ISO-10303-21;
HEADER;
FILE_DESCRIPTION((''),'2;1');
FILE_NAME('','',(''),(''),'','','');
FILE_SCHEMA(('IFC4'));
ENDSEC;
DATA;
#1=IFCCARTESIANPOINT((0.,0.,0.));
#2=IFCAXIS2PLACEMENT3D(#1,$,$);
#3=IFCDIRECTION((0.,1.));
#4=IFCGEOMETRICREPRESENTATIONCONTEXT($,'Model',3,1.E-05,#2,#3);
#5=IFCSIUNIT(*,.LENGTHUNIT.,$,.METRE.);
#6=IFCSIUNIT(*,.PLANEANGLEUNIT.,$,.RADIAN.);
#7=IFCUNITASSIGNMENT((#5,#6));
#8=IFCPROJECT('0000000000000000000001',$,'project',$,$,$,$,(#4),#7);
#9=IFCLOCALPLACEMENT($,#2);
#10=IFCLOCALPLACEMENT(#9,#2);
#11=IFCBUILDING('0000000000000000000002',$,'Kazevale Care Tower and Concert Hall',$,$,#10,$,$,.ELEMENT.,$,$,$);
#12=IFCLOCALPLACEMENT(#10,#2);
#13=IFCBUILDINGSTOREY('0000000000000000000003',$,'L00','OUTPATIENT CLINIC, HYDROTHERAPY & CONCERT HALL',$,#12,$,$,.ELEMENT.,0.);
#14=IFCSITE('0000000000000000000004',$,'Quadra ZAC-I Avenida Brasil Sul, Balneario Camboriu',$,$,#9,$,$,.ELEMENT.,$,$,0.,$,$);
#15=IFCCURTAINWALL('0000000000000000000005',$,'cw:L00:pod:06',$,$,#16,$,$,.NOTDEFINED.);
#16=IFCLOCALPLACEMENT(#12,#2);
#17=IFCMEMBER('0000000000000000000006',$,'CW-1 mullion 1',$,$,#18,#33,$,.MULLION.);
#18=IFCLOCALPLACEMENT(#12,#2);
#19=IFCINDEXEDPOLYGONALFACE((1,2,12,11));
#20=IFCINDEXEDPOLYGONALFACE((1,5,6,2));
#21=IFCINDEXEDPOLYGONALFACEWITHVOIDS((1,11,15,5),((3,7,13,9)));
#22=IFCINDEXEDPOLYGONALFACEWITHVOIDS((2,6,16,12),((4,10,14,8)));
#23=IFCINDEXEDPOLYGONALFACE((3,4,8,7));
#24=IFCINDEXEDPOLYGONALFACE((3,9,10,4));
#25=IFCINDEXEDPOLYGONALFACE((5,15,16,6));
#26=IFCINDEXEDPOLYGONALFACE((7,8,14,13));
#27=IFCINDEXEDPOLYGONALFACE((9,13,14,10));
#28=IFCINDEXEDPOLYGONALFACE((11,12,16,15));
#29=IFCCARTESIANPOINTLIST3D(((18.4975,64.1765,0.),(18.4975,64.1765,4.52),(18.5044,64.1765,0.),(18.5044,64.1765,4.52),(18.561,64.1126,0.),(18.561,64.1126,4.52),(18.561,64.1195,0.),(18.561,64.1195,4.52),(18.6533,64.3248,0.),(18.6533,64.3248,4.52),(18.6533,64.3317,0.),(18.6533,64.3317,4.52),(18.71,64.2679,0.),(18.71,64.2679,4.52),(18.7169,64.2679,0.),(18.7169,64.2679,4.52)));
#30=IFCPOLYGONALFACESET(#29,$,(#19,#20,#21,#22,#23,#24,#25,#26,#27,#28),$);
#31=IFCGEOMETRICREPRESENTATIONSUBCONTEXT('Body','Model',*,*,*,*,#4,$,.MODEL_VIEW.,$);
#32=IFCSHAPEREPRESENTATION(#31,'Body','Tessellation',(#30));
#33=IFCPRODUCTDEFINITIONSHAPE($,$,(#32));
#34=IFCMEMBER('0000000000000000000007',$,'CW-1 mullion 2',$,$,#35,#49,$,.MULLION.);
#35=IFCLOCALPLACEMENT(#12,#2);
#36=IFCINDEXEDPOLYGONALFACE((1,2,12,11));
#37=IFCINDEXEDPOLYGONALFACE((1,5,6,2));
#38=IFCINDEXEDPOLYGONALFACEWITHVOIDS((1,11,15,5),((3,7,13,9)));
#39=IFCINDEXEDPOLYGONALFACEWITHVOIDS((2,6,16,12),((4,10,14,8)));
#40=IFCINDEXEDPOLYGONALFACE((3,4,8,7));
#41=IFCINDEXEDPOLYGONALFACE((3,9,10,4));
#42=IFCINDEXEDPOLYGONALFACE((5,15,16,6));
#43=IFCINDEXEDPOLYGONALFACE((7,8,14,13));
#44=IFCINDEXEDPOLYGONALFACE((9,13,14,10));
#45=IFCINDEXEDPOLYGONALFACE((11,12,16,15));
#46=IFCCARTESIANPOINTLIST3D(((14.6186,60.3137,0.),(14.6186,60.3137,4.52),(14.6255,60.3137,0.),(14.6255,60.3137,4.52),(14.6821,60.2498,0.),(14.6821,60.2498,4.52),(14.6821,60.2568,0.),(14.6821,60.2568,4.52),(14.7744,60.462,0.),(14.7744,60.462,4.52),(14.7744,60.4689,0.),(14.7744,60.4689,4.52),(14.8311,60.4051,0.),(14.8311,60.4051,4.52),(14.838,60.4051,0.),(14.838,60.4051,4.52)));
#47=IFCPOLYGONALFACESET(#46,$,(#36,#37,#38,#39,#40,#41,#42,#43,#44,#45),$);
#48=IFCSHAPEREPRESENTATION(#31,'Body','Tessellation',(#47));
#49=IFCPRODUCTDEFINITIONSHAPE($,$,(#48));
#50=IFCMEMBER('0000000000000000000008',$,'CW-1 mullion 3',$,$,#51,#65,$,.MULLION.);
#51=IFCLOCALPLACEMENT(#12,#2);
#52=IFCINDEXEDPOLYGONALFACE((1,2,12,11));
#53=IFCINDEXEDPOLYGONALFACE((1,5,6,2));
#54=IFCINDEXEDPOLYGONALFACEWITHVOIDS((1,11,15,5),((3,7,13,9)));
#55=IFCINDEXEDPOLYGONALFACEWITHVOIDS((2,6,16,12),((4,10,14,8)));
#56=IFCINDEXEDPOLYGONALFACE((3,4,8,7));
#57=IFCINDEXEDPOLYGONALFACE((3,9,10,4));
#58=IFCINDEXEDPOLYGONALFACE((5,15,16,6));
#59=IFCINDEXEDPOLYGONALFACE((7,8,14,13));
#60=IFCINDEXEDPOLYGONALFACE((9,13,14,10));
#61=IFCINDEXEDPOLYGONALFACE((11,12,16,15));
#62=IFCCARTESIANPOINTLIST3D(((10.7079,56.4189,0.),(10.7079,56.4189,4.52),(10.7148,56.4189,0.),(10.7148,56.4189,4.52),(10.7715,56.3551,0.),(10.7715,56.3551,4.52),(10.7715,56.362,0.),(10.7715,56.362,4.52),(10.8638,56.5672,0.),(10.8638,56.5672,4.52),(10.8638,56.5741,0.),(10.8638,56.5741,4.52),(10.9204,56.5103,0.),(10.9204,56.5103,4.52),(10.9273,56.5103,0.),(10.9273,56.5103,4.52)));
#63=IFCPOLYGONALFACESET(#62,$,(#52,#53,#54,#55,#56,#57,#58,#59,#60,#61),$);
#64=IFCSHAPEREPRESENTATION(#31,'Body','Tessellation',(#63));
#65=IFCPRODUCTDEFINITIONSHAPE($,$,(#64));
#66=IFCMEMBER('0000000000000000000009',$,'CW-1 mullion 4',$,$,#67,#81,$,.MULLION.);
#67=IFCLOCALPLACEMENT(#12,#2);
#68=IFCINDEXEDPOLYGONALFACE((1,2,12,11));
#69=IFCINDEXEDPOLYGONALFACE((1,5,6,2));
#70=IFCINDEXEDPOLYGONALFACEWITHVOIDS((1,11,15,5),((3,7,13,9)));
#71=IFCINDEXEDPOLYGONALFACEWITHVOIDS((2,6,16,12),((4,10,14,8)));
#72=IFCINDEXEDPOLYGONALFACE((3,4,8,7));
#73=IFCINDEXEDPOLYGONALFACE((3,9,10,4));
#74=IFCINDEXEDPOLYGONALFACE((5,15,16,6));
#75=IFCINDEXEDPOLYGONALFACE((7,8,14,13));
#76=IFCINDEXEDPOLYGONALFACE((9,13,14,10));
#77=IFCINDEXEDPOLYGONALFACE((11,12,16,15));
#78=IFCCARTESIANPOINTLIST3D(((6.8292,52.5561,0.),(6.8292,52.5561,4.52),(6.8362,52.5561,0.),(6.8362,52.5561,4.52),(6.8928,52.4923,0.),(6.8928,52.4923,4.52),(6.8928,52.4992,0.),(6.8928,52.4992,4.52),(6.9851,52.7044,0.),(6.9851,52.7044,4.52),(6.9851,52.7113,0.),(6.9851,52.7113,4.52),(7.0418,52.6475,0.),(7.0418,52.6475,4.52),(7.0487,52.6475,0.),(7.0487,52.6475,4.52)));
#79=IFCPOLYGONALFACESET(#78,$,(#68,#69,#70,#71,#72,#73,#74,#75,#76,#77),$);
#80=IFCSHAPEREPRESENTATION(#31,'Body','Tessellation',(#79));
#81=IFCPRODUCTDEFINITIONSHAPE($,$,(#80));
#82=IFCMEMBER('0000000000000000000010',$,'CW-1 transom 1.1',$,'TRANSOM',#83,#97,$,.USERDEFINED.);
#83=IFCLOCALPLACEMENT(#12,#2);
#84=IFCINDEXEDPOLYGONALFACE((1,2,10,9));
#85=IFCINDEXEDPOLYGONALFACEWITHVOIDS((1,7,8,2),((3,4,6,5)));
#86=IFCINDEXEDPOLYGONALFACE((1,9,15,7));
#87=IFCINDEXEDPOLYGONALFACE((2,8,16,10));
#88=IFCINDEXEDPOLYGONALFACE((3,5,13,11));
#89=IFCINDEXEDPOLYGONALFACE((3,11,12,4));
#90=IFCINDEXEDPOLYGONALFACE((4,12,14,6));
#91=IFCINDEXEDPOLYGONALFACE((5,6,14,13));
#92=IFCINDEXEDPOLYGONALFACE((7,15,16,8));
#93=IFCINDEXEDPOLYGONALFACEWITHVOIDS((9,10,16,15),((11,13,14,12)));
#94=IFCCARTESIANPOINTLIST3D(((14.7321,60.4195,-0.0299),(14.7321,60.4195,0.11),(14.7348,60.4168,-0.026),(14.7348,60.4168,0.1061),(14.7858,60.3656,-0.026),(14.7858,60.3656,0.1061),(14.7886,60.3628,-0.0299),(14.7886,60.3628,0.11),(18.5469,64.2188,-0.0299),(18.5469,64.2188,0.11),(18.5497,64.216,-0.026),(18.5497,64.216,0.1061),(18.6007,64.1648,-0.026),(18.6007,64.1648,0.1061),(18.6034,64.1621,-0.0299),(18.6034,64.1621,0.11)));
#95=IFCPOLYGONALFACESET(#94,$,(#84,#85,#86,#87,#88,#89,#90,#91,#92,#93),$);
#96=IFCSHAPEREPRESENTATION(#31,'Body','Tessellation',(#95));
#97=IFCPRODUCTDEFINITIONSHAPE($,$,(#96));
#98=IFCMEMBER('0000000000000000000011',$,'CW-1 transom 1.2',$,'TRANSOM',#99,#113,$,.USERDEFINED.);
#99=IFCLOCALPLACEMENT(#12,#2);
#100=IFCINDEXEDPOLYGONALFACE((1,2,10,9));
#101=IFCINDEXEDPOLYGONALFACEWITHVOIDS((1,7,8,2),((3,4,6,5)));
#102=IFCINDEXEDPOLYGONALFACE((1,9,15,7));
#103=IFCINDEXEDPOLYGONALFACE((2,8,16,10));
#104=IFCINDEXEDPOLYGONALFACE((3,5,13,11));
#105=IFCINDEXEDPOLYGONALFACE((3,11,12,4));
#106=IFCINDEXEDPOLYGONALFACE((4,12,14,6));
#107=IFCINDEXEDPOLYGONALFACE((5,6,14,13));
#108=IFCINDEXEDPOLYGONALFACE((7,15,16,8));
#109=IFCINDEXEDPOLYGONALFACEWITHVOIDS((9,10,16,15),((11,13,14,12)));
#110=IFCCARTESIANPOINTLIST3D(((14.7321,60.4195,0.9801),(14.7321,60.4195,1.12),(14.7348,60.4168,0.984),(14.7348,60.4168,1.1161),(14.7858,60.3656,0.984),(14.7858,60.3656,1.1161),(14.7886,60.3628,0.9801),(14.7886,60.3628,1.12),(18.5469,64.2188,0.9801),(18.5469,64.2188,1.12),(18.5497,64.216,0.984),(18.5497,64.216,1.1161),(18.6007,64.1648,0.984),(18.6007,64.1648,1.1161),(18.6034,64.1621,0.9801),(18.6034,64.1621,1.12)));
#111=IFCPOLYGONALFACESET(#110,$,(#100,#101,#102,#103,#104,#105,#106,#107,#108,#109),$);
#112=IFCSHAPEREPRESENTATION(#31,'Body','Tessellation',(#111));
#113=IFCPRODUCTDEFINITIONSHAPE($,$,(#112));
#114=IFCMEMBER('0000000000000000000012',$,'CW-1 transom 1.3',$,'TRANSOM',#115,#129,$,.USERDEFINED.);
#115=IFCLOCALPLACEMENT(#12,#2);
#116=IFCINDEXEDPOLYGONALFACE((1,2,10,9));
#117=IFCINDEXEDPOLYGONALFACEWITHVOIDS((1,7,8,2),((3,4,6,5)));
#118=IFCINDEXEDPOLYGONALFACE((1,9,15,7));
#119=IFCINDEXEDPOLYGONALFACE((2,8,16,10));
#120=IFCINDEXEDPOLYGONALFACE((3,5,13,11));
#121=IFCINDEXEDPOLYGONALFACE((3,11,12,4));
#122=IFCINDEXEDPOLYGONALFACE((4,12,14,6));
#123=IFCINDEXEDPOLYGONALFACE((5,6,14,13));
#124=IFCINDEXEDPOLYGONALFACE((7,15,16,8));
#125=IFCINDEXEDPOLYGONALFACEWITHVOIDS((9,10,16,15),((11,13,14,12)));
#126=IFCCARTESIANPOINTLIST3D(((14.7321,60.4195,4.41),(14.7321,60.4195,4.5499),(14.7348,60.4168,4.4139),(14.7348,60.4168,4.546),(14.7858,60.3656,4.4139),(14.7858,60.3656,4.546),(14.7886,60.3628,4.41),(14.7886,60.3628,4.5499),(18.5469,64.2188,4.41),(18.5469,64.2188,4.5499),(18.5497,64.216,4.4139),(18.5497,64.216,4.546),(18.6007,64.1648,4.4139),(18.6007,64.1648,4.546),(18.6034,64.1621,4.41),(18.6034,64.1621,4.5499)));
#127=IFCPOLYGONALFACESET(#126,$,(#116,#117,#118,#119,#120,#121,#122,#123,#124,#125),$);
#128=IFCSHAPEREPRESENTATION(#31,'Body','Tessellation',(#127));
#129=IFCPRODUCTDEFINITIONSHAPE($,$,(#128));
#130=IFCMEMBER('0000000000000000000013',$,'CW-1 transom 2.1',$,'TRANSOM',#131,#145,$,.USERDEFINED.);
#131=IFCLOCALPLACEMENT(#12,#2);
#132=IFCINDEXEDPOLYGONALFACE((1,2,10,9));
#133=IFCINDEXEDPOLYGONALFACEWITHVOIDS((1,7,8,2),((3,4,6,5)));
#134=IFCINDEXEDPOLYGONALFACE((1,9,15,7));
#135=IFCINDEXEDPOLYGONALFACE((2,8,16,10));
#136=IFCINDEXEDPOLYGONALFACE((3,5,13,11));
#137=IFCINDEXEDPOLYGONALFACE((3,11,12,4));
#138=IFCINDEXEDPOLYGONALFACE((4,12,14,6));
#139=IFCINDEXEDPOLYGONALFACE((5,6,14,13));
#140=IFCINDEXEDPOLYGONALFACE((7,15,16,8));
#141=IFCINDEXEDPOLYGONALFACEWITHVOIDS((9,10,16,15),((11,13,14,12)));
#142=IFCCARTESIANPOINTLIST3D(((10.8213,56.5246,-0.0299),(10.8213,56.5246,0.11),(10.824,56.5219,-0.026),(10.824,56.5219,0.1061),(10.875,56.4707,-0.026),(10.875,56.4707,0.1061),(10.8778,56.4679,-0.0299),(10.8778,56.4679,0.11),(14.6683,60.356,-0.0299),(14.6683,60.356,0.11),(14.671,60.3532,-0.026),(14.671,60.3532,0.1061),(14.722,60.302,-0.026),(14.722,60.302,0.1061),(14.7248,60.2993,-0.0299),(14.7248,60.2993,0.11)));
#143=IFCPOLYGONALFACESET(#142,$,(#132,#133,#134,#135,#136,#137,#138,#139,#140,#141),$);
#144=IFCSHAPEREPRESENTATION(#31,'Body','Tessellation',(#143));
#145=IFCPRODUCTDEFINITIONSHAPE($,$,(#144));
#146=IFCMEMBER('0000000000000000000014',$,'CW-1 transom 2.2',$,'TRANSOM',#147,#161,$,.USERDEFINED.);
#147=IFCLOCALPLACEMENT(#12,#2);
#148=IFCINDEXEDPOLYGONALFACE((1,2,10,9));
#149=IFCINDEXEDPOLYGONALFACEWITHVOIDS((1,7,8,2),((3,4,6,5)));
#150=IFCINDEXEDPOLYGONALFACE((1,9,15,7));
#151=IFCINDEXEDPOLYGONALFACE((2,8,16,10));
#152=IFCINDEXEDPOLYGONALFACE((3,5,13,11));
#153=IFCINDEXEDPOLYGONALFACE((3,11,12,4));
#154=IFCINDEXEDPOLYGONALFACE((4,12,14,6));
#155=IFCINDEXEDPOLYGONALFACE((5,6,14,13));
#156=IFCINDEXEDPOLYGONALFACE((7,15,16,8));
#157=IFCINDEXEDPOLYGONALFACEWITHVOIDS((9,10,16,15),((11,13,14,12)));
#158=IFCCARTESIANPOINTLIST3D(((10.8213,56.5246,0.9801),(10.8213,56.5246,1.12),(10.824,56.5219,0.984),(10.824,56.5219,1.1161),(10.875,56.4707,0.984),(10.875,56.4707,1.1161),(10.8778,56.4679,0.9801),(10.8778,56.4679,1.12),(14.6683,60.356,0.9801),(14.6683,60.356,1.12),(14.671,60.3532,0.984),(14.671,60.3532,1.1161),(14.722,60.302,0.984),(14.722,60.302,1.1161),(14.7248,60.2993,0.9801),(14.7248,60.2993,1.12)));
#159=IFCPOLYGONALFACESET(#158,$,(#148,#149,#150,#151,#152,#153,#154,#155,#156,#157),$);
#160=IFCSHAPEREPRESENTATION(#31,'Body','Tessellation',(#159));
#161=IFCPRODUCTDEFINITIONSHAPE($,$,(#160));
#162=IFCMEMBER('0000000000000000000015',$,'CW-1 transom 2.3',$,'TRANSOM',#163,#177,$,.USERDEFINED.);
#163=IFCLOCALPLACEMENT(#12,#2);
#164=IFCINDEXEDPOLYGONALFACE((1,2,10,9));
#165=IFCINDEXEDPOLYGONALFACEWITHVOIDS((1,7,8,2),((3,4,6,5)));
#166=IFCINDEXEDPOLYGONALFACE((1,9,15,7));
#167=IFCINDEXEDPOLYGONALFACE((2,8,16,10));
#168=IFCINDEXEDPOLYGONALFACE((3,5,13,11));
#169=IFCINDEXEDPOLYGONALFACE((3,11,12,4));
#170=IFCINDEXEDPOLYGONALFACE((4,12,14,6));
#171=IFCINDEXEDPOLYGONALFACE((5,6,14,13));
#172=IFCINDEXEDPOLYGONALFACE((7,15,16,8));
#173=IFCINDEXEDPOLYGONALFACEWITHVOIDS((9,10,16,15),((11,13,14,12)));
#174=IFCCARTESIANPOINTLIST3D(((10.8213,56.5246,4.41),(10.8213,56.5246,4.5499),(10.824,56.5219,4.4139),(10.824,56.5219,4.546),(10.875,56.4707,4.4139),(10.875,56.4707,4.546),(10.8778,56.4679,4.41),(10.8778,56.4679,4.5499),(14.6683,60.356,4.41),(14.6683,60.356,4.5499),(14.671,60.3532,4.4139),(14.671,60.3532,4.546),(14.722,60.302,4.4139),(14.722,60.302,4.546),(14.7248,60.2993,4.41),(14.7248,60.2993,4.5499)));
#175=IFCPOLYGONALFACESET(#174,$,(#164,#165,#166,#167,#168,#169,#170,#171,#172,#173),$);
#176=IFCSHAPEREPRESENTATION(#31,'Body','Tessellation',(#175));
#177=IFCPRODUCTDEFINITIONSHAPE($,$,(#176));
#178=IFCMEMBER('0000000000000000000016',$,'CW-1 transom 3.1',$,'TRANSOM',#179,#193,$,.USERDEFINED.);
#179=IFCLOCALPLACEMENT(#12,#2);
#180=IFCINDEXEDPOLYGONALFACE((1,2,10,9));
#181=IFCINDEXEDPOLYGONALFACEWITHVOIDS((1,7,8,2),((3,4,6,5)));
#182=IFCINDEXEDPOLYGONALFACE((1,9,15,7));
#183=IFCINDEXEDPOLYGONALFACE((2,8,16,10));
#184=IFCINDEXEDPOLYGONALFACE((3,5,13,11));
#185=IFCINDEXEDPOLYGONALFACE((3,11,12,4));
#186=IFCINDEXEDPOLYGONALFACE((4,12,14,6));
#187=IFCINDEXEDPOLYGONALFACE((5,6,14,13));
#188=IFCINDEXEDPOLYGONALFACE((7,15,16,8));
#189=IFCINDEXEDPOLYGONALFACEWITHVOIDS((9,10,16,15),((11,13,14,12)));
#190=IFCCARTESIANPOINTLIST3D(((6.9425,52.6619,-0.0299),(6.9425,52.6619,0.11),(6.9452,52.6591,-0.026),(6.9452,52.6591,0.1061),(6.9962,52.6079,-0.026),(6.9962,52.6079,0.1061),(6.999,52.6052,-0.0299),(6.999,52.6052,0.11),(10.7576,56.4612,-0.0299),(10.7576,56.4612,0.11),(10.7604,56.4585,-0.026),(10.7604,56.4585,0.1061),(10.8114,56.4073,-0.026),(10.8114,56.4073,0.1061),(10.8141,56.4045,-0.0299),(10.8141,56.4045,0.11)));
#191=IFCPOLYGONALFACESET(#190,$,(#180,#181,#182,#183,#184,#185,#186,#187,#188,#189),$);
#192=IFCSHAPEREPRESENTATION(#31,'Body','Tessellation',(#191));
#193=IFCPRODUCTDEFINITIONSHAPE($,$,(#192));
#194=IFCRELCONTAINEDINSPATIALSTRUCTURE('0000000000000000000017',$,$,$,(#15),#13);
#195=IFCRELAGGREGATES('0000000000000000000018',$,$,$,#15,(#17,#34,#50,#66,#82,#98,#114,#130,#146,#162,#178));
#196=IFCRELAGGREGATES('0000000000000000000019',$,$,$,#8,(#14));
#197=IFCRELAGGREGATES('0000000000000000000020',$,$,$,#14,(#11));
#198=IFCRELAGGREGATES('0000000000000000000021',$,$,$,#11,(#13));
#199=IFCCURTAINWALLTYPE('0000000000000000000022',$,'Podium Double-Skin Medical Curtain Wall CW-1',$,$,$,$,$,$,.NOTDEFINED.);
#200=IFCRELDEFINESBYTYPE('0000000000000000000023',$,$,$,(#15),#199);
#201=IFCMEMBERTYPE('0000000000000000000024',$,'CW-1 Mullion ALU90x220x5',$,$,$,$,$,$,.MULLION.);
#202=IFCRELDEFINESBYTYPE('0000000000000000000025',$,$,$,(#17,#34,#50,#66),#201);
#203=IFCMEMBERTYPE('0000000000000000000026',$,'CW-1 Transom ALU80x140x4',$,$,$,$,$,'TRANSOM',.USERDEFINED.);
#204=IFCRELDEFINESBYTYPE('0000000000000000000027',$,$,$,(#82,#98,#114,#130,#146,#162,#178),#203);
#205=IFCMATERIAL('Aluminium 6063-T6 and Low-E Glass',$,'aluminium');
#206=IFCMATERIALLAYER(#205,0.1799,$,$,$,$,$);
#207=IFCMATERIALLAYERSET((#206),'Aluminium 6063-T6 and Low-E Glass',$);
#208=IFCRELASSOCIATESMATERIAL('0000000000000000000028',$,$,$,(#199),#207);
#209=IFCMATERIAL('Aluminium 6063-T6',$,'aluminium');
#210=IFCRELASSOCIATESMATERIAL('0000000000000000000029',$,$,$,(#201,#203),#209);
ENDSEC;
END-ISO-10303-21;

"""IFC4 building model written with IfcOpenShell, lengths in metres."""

from ifc_helpers import new_model, si_unit, direction, frame, origin, origin_2d, place, context, subcontext, project, spatial, hollow_rectangle, extrude, material, layer, layer_set, material_profile, profile_set, type_object, element, aggregate, save


model = new_model("IFC4")

# Units and contexts
model_context = context("Model", 3, precision=1e-05, world=origin(), true_north=direction((0.0, 1.0)))
body_context = subcontext(model_context, "Body", "Model", "MODEL_VIEW")
ifc_project = project(units=[si_unit("LENGTHUNIT", "METRE"), si_unit("PLANEANGLEUNIT", "RADIAN")], contexts=[model_context])

# Site, building, storey
site_placement = place(None, origin())
site = spatial("IfcSite", under=ifc_project, at=site_placement, Name="Quadra ZAC-I Avenida Brasil Sul, Balneario Camboriu", CompositionType="ELEMENT", RefElevation=0.0)
building_placement = place(site_placement, origin())
building = spatial("IfcBuilding", under=site, at=building_placement, Name="Kazevale Care Tower and Concert Hall", CompositionType="ELEMENT")
storey_placement = place(building_placement, origin())
storey = spatial("IfcBuildingStorey", under=building, at=storey_placement, Name="L00", Description="OUTPATIENT CLINIC, HYDROTHERAPY & CONCERT HALL", CompositionType="ELEMENT", Elevation=0.0)

# Curtain wall, members
ifc_material_1 = material(Name="Aluminium 6063-T6 and Low-E Glass", Category="aluminium")
ifc_layer_1 = layer(ifc_material_1, 0.1799)
ifc_layer_set_1 = layer_set([ifc_layer_1], Name="Aluminium 6063-T6 and Low-E Glass")
curtain_wall_type = type_object("IfcCurtainWallType", Name="Podium Double-Skin Medical Curtain Wall CW-1", PredefinedType="NOTDEFINED", material=ifc_layer_set_1)
curtain_wall_placement = place(storey_placement, origin())
curtain_wall = element("IfcCurtainWall", 1, at=curtain_wall_placement, inside=storey, type_object=curtain_wall_type, Name="cw:L00:pod:06", PredefinedType="NOTDEFINED")
ifc_material_2 = material(Name="Aluminium 6063-T6", Category="aluminium")
ifc_material_profile_1 = material_profile(ifc_material_2, hollow_rectangle(XDim=0.0901, YDim=0.22, WallThickness=0.0049, at=origin_2d()), Name="ALU90x220x5")
ifc_profile_set_1 = profile_set([ifc_material_profile_1], Name="Aluminium 6063-T6")
member_type_1 = type_object("IfcMemberType", Name="CW-1 Mullion ALU90x220x5", PredefinedType="MULLION", material=ifc_profile_set_1)
member_1_placement = place(storey_placement, frame((18.6072, 64.2222, 0.0), z_axis=(0.0, 0.0, 1.0), x_axis=(0.705656, -0.708555, 0.0)))
member_1 = element("IfcMember", 2, at=member_1_placement, type_object=member_type_1, Name="CW-1 mullion 1", PredefinedType="MULLION", context=body_context, shape_type="SweptSolid", body=[
    extrude(hollow_rectangle(XDim=0.0901, YDim=0.22, WallThickness=0.0049, at=origin_2d()), origin(), (0.0, 0.0, 1.0), 4.52),
])
member_2_placement = place(storey_placement, frame((14.7283, 60.3594, 0.0), z_axis=(0.0, 0.0, 1.0), x_axis=(0.705656, -0.708555, 0.0)))
member_2 = element("IfcMember", 3, at=member_2_placement, type_object=member_type_1, Name="CW-1 mullion 2", PredefinedType="MULLION", context=body_context, shape_type="SweptSolid", body=[
    extrude(hollow_rectangle(XDim=0.0901, YDim=0.22, WallThickness=0.0049, at=origin_2d()), origin(), (0.0, 0.0, 1.0), 4.52),
])
member_3_placement = place(storey_placement, frame((10.8176, 56.4646, 0.0), z_axis=(0.0, 0.0, 1.0), x_axis=(0.705656, -0.708555, 0.0)))
member_3 = element("IfcMember", 4, at=member_3_placement, type_object=member_type_1, Name="CW-1 mullion 3", PredefinedType="MULLION", context=body_context, shape_type="SweptSolid", body=[
    extrude(hollow_rectangle(XDim=0.0901, YDim=0.22, WallThickness=0.0049, at=origin_2d()), origin(), (0.0, 0.0, 1.0), 4.52),
])
member_4_placement = place(storey_placement, frame((6.939, 52.6018, 0.0), z_axis=(0.0, 0.0, 1.0), x_axis=(0.705656, -0.708555, 0.0)))
member_4 = element("IfcMember", 5, at=member_4_placement, type_object=member_type_1, Name="CW-1 mullion 4", PredefinedType="MULLION", context=body_context, shape_type="SweptSolid", body=[
    extrude(hollow_rectangle(XDim=0.0901, YDim=0.22, WallThickness=0.0049, at=origin_2d()), origin(), (0.0, 0.0, 1.0), 4.52),
])
ifc_material_profile_2 = material_profile(ifc_material_2, hollow_rectangle(XDim=0.0801, YDim=0.1399, WallThickness=0.0039, at=origin_2d()), Name="ALU80x140x4")
ifc_profile_set_2 = profile_set([ifc_material_profile_2], Name="Aluminium 6063-T6")
member_type_2 = type_object("IfcMemberType", Name="CW-1 Transom ALU80x140x4", ElementType="TRANSOM", PredefinedType="USERDEFINED", material=ifc_profile_set_2)
member_5_placement = place(storey_placement, frame((18.5752, 64.1904, 0.04), z_axis=(-0.708556, -0.705654, 0.0), x_axis=(0.705654, -0.708556, 0.0)))
member_5 = element("IfcMember", 6, at=member_5_placement, type_object=member_type_2, Name="CW-1 transom 1.1", ObjectType="TRANSOM", PredefinedType="USERDEFINED", context=body_context, shape_type="SweptSolid", body=[
    extrude(hollow_rectangle(XDim=0.0801, YDim=0.1399, WallThickness=0.0039, at=origin_2d()), origin(), (0.0, 0.0, 1.0), 5.384),
])
member_6_placement = place(storey_placement, frame((18.5752, 64.1904, 1.05), z_axis=(-0.708556, -0.705654, 0.0), x_axis=(0.705654, -0.708556, 0.0)))
member_6 = element("IfcMember", 7, at=member_6_placement, type_object=member_type_2, Name="CW-1 transom 1.2", ObjectType="TRANSOM", PredefinedType="USERDEFINED", context=body_context, shape_type="SweptSolid", body=[
    extrude(hollow_rectangle(XDim=0.0801, YDim=0.1399, WallThickness=0.0039, at=origin_2d()), origin(), (0.0, 0.0, 1.0), 5.384),
])
member_7_placement = place(storey_placement, frame((18.5752, 64.1904, 4.48), z_axis=(-0.708556, -0.705654, 0.0), x_axis=(0.705654, -0.708556, 0.0)))
member_7 = element("IfcMember", 8, at=member_7_placement, type_object=member_type_2, Name="CW-1 transom 1.3", ObjectType="TRANSOM", PredefinedType="USERDEFINED", context=body_context, shape_type="SweptSolid", body=[
    extrude(hollow_rectangle(XDim=0.0801, YDim=0.1399, WallThickness=0.0039, at=origin_2d()), origin(), (0.0, 0.0, 1.0), 5.384),
])
member_8_placement = place(storey_placement, frame((14.6965, 60.3276, 0.04), z_axis=(-0.708544, -0.705666, 0.0), x_axis=(0.705666, -0.708544, 0.0)))
member_8 = element("IfcMember", 9, at=member_8_placement, type_object=member_type_2, Name="CW-1 transom 2.1", ObjectType="TRANSOM", PredefinedType="USERDEFINED", context=body_context, shape_type="SweptSolid", body=[
    extrude(hollow_rectangle(XDim=0.0801, YDim=0.1399, WallThickness=0.0039, at=origin_2d()), origin(), (0.0, 0.0, 1.0), 5.4294),
])
member_9_placement = place(storey_placement, frame((14.6965, 60.3276, 1.05), z_axis=(-0.708544, -0.705666, 0.0), x_axis=(0.705666, -0.708544, 0.0)))
member_9 = element("IfcMember", 10, at=member_9_placement, type_object=member_type_2, Name="CW-1 transom 2.2", ObjectType="TRANSOM", PredefinedType="USERDEFINED", context=body_context, shape_type="SweptSolid", body=[
    extrude(hollow_rectangle(XDim=0.0801, YDim=0.1399, WallThickness=0.0039, at=origin_2d()), origin(), (0.0, 0.0, 1.0), 5.4294),
])
member_10_placement = place(storey_placement, frame((14.6965, 60.3276, 4.48), z_axis=(-0.708544, -0.705666, 0.0), x_axis=(0.705666, -0.708544, 0.0)))
member_10 = element("IfcMember", 11, at=member_10_placement, type_object=member_type_2, Name="CW-1 transom 2.3", ObjectType="TRANSOM", PredefinedType="USERDEFINED", context=body_context, shape_type="SweptSolid", body=[
    extrude(hollow_rectangle(XDim=0.0801, YDim=0.1399, WallThickness=0.0039, at=origin_2d()), origin(), (0.0, 0.0, 1.0), 5.4294),
])
member_11_placement = place(storey_placement, frame((10.7859, 56.4329, 0.04), z_axis=(-0.708579, -0.705632, 0.0), x_axis=(0.705632, -0.708579, 0.0)))
member_11 = element("IfcMember", 12, at=member_11_placement, type_object=member_type_2, Name="CW-1 transom 3.1", ObjectType="TRANSOM", PredefinedType="USERDEFINED", context=body_context, shape_type="SweptSolid", body=[
    extrude(hollow_rectangle(XDim=0.0801, YDim=0.1399, WallThickness=0.0039, at=origin_2d()), origin(), (0.0, 0.0, 1.0), 5.3843),
])

aggregate(curtain_wall, [member_1, member_2, member_3, member_4, member_5, member_6, member_7, member_8, member_9, member_10, member_11])

save(model, "model.ifc")
